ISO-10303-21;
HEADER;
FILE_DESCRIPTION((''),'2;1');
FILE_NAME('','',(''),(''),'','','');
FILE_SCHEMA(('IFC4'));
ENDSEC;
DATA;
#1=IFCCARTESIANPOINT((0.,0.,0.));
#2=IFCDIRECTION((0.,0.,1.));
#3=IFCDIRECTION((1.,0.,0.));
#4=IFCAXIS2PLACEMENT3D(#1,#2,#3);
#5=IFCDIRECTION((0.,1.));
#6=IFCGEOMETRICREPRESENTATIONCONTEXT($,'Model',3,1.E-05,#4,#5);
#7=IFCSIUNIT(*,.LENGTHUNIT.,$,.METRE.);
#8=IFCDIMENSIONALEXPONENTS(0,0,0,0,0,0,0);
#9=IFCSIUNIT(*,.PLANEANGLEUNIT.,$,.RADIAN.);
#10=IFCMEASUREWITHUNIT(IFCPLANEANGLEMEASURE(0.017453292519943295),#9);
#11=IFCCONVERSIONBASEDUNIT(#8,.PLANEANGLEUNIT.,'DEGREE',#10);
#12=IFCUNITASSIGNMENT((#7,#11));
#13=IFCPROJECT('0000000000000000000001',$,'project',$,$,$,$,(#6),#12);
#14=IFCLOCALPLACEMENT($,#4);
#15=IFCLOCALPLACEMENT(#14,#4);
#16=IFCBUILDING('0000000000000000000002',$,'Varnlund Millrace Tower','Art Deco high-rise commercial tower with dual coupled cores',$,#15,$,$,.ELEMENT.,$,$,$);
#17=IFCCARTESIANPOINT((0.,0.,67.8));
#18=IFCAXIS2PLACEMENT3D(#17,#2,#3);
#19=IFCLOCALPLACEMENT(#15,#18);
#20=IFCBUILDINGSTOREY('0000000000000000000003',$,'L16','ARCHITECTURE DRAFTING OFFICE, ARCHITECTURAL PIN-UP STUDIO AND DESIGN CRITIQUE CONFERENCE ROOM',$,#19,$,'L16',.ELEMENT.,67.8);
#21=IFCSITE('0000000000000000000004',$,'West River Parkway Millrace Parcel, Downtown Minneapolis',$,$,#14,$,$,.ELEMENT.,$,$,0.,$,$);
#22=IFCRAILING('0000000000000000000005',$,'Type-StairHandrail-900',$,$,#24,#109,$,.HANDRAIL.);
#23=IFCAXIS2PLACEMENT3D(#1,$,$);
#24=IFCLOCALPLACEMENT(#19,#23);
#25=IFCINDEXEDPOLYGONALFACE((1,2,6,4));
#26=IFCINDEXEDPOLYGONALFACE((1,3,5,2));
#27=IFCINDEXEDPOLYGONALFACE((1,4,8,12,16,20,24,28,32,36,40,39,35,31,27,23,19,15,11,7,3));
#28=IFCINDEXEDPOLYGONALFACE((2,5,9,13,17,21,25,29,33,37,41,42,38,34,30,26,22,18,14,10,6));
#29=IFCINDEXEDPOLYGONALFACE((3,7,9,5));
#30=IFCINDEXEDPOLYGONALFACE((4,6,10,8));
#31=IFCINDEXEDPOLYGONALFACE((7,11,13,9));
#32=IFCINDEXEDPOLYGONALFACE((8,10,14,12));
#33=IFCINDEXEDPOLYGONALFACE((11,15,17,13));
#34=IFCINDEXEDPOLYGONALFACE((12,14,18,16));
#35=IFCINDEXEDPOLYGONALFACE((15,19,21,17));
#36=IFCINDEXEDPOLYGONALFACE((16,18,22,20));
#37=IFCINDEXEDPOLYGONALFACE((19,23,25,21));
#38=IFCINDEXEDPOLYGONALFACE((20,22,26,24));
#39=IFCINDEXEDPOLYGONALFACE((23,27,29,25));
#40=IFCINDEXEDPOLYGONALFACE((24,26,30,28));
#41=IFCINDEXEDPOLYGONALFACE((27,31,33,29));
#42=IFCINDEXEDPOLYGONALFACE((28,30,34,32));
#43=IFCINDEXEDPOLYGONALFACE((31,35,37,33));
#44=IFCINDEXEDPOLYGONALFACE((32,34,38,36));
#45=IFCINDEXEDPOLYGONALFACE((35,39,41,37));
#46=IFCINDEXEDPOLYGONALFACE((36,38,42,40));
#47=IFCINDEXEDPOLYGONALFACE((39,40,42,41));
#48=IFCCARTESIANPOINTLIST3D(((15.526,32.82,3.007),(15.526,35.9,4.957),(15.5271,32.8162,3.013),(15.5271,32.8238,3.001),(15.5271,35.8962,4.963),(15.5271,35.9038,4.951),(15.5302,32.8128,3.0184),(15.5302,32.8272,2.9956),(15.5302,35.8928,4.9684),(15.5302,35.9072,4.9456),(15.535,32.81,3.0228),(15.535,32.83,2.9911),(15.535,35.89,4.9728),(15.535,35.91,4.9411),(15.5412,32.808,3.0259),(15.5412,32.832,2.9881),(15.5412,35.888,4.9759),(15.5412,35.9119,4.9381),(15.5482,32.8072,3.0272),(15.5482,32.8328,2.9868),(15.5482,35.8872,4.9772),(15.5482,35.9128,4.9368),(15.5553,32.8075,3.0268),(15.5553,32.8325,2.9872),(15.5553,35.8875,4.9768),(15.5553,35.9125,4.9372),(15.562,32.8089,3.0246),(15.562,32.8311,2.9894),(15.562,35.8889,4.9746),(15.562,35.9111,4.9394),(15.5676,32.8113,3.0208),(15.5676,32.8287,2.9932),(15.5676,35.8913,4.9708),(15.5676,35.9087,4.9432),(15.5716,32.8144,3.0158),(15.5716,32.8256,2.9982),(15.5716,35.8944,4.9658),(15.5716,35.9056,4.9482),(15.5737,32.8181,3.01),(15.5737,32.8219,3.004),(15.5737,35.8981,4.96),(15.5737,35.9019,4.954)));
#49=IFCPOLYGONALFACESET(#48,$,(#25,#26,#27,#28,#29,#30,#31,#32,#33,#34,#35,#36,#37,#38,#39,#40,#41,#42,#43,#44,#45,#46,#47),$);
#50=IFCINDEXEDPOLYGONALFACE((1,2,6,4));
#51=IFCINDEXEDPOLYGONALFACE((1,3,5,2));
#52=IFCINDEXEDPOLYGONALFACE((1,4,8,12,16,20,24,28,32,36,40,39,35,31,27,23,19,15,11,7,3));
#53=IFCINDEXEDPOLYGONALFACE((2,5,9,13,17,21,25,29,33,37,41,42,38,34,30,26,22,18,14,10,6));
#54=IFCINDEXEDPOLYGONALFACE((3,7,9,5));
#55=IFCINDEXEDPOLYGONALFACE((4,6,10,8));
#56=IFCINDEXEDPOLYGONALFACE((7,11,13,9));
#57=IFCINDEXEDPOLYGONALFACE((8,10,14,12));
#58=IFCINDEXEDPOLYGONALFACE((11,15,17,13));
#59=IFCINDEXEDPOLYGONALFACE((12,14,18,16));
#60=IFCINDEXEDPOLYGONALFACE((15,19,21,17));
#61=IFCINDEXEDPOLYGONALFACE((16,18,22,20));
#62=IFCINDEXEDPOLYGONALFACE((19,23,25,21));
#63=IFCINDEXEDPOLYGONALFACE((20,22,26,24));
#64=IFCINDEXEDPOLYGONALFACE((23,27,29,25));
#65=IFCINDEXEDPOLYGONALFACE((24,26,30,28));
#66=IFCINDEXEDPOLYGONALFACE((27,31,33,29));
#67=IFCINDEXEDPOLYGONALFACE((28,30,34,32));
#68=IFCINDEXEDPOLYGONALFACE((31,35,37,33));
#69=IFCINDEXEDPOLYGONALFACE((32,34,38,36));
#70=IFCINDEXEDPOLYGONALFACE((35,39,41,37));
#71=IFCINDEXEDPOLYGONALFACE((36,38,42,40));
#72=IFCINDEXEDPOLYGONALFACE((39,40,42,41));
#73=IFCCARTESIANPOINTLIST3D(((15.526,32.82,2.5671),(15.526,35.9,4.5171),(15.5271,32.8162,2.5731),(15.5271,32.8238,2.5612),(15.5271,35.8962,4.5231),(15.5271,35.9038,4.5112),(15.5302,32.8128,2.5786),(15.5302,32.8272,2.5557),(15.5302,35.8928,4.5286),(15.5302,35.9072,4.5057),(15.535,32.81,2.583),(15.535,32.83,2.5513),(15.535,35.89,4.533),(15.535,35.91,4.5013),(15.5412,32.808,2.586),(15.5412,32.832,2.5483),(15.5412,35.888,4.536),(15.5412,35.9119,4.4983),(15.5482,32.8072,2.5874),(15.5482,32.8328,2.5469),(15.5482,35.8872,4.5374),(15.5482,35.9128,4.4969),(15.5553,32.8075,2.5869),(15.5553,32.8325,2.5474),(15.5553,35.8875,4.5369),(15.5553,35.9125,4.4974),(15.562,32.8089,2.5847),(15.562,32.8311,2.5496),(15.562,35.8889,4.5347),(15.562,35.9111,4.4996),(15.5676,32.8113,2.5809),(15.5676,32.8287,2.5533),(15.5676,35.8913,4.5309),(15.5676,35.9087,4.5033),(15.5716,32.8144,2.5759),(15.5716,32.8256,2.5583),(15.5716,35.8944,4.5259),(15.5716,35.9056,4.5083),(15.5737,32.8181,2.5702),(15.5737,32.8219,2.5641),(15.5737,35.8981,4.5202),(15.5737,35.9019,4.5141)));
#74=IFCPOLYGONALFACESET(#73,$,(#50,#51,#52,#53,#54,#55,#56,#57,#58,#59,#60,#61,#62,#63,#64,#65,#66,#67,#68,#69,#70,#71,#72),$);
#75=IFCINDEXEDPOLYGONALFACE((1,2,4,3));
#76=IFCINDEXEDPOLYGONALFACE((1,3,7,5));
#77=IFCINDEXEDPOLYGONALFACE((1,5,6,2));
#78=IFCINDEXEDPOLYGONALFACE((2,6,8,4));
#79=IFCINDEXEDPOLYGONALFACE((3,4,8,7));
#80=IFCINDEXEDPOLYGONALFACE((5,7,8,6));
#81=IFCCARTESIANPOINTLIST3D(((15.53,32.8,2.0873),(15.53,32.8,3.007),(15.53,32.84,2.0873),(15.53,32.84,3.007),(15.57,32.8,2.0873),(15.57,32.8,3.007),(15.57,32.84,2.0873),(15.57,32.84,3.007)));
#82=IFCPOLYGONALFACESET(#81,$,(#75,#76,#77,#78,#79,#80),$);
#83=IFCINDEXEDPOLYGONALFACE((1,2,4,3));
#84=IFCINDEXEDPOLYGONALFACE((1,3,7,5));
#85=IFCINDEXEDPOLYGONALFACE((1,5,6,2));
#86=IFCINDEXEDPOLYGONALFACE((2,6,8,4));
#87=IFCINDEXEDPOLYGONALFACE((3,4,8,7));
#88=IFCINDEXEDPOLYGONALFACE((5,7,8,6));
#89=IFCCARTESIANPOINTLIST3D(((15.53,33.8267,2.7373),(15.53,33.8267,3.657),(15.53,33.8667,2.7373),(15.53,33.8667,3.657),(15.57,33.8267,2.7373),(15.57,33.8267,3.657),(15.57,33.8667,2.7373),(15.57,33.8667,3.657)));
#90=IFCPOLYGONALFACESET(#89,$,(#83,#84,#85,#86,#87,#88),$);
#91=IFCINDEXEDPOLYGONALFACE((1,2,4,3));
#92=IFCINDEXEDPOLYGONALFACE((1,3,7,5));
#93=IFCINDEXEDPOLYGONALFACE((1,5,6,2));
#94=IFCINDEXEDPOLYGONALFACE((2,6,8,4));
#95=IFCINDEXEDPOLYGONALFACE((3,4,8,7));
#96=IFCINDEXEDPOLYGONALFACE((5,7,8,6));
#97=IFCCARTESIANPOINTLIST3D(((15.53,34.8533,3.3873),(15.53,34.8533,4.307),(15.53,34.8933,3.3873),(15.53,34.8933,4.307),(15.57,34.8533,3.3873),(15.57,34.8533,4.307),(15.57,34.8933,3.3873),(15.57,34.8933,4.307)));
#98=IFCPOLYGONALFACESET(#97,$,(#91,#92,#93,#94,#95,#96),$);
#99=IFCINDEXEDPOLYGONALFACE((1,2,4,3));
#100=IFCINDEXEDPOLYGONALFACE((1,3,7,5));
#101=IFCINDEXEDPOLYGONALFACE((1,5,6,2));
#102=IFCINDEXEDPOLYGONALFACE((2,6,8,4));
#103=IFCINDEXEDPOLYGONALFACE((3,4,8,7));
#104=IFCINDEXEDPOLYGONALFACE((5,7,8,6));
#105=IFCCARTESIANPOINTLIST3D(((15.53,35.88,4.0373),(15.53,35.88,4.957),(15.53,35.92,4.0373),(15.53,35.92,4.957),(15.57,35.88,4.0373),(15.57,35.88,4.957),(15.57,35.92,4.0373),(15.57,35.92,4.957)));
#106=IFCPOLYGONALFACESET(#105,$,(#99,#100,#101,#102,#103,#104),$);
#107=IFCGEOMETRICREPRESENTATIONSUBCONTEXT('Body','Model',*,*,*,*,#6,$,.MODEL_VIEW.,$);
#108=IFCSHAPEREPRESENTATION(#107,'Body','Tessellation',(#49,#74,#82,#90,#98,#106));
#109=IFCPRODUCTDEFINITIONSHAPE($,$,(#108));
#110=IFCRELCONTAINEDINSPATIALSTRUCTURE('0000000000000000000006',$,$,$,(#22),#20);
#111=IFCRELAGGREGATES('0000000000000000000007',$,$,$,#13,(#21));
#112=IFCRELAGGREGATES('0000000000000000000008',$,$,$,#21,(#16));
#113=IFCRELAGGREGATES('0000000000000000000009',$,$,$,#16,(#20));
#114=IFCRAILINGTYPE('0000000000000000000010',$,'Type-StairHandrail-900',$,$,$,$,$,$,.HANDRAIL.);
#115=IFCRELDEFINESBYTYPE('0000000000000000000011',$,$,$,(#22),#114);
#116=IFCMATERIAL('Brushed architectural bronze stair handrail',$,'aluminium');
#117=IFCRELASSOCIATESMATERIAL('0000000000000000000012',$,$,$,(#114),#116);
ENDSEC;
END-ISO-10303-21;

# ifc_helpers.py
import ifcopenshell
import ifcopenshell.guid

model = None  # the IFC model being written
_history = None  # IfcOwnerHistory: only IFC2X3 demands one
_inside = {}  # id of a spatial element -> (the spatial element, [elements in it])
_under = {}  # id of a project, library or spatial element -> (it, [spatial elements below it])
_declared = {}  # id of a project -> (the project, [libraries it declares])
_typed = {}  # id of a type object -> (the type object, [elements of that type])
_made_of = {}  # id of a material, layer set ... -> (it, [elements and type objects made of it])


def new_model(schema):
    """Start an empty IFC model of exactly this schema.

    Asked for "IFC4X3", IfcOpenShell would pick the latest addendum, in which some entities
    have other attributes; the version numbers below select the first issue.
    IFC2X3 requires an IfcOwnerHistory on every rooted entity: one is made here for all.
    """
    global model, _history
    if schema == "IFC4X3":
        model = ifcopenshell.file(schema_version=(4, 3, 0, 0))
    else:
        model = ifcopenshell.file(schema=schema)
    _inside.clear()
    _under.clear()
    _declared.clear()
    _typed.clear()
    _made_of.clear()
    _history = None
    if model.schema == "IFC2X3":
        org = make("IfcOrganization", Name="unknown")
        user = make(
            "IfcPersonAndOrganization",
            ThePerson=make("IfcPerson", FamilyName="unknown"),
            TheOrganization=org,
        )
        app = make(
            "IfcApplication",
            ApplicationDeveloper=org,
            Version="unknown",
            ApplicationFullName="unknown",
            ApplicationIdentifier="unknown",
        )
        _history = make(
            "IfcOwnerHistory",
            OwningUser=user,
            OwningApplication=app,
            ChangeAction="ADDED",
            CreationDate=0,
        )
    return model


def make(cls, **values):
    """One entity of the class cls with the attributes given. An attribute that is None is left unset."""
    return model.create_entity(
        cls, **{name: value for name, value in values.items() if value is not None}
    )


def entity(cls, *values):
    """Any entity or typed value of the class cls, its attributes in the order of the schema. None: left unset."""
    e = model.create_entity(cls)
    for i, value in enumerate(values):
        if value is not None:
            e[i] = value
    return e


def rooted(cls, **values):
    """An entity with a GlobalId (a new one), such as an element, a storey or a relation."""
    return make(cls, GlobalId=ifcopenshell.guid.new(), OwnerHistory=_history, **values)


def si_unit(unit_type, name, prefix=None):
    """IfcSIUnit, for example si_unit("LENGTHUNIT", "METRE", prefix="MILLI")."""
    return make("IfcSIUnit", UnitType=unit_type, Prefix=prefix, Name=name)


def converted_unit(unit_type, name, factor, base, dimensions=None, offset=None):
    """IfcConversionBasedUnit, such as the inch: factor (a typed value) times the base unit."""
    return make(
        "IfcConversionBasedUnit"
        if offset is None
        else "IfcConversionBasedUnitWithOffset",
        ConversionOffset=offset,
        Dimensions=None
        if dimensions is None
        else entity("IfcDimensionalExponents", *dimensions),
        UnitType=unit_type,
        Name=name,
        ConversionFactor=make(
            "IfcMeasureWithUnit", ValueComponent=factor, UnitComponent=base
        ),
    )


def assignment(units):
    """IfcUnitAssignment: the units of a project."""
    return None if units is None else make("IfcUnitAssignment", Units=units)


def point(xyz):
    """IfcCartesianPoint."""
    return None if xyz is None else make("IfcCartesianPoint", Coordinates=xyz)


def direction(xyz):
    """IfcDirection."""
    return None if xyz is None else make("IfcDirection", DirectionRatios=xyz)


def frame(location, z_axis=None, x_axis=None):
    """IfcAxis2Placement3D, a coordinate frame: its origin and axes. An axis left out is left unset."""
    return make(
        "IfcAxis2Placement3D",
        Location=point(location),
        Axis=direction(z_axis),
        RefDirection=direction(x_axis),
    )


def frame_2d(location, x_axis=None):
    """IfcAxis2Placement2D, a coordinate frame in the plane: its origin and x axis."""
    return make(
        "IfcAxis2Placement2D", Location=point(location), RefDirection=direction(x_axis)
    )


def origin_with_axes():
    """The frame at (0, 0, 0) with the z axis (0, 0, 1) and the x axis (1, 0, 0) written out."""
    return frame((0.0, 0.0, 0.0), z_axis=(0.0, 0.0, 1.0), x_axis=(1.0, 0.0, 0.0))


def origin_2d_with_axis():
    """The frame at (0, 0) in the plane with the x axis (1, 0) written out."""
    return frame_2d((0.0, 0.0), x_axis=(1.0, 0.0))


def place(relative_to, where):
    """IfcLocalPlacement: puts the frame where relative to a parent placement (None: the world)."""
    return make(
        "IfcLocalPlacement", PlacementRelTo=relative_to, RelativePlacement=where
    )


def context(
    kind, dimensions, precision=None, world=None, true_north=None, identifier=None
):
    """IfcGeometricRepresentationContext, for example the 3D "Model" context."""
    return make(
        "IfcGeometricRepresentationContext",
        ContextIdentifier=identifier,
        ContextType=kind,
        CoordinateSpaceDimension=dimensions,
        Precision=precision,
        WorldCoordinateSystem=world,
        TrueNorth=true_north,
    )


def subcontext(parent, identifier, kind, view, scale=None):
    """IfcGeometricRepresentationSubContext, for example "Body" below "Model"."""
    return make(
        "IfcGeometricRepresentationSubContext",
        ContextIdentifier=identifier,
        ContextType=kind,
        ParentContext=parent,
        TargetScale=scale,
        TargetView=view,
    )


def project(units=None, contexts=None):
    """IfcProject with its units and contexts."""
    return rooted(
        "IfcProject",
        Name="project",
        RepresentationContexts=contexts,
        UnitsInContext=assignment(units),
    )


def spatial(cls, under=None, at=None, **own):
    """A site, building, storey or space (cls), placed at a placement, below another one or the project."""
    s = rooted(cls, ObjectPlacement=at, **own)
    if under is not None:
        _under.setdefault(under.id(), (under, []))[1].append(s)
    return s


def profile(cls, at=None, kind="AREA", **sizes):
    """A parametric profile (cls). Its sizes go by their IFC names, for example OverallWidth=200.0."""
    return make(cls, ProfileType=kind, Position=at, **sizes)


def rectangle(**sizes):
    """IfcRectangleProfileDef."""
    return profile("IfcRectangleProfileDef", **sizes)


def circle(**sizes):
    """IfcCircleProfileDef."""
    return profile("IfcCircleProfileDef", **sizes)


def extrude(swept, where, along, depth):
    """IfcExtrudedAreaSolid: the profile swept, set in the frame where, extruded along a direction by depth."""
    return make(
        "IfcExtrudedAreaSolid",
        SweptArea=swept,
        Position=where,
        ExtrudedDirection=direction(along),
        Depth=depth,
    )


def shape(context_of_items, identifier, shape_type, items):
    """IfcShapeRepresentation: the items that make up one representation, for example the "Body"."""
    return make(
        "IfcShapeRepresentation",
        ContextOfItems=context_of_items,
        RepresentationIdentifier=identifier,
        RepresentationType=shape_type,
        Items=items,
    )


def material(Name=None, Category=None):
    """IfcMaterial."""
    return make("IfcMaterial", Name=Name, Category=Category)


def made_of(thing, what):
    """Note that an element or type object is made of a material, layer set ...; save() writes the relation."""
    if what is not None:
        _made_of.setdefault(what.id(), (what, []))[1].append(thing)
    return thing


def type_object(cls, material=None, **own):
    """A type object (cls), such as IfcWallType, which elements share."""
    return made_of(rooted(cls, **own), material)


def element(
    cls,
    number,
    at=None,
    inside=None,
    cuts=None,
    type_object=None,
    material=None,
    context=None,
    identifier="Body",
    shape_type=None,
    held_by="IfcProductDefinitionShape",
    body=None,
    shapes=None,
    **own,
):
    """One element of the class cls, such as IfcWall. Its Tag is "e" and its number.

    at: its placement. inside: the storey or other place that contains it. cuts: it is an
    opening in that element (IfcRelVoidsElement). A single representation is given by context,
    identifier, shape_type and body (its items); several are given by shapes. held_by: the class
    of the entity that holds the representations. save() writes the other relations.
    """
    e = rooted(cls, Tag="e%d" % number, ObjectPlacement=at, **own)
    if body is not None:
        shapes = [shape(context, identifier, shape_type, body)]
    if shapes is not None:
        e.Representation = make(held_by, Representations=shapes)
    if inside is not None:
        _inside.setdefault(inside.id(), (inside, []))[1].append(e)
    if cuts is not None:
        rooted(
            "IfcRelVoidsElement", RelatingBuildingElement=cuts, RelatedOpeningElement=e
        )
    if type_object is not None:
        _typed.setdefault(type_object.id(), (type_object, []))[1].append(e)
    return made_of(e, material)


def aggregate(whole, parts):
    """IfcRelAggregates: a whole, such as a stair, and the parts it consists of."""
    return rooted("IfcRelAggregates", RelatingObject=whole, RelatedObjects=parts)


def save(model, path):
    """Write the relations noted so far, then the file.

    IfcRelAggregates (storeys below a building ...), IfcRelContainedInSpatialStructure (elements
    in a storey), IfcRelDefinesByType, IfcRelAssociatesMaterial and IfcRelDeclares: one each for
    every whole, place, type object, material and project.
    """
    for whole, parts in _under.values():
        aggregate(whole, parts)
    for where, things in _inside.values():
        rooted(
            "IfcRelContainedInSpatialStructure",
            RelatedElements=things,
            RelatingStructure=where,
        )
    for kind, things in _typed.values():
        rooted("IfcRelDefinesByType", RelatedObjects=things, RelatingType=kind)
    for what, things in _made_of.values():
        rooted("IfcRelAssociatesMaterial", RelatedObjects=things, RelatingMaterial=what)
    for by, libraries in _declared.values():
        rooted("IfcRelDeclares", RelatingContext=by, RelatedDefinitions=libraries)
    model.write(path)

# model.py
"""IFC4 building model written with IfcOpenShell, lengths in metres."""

from ifc_helpers import new_model, entity, si_unit, converted_unit, direction, frame, origin_with_axes, origin_2d_with_axis, place, context, subcontext, project, spatial, rectangle, circle, extrude, material, type_object, element, save


model = new_model("IFC4")

# Units and contexts
model_context = context("Model", 3, precision=1e-05, world=origin_with_axes(), true_north=direction((0.0, 1.0)))
body_context = subcontext(model_context, "Body", "Model", "MODEL_VIEW")
ifc_project = project(units=[si_unit("LENGTHUNIT", "METRE"), converted_unit("PLANEANGLEUNIT", "DEGREE", entity("IfcPlaneAngleMeasure", 0.017453292519943295), si_unit("PLANEANGLEUNIT", "RADIAN"), dimensions=[0, 0, 0, 0, 0, 0, 0])], contexts=[model_context])

# Site, building, storey
site_placement = place(None, origin_with_axes())
site = spatial("IfcSite", under=ifc_project, at=site_placement, Name="West River Parkway Millrace Parcel, Downtown Minneapolis", CompositionType="ELEMENT", RefElevation=0.0)
building_placement = place(site_placement, origin_with_axes())
building = spatial("IfcBuilding", under=site, at=building_placement, Name="Varnlund Millrace Tower", Description="Art Deco high-rise commercial tower with dual coupled cores", CompositionType="ELEMENT")
storey_placement = place(building_placement, frame((0.0, 0.0, 67.8), z_axis=(0.0, 0.0, 1.0), x_axis=(1.0, 0.0, 0.0)))
storey = spatial("IfcBuildingStorey", under=building, at=storey_placement, Name="L16", Description="ARCHITECTURE DRAFTING OFFICE, ARCHITECTURAL PIN-UP STUDIO AND DESIGN CRITIQUE CONFERENCE ROOM", LongName="L16", CompositionType="ELEMENT", Elevation=67.8)

# Railing
ifc_material_1 = material(Name="Brushed architectural bronze stair handrail", Category="aluminium")
railing_type_1 = type_object("IfcRailingType", Name="Type-StairHandrail-900", PredefinedType="HANDRAIL", material=ifc_material_1)
railing_1_placement = place(storey_placement, frame((0.0, 0.0, -67.8), z_axis=(0.0, 0.0, 1.0), x_axis=(1.0, 0.0, 0.0)))
element("IfcRailing", 1, at=railing_1_placement, inside=storey, type_object=railing_type_1, Name="Type-StairHandrail-900", PredefinedType="HANDRAIL", context=body_context, shape_type="SweptSolid", body=[
    extrude(circle(Radius=0.024, at=origin_2d_with_axis()), frame((15.55, 32.82, 70.807), z_axis=(0.0, 0.844902, 0.534922), x_axis=(-1.0, 0.0, 0.0)), (0.0, 0.0, 1.0), 3.6454),
    extrude(circle(Radius=0.024, at=origin_2d_with_axis()), frame((15.55, 32.82, 70.3671), z_axis=(0.0, 0.844902, 0.534922), x_axis=(-1.0, 0.0, 0.0)), (0.0, 0.0, 1.0), 3.6454),
    extrude(rectangle(XDim=0.04, YDim=0.04, at=origin_2d_with_axis()), frame((15.55, 32.82, 69.8873), z_axis=(0.0, 0.0, 1.0), x_axis=(1.0, 0.0, 0.0)), (0.0, 0.0, 1.0), 0.9197),
    extrude(rectangle(XDim=0.04, YDim=0.04, at=origin_2d_with_axis()), frame((15.55, 33.8467, 70.5373), z_axis=(0.0, 0.0, 1.0), x_axis=(1.0, 0.0, 0.0)), (0.0, 0.0, 1.0), 0.9197),
    extrude(rectangle(XDim=0.04, YDim=0.04, at=origin_2d_with_axis()), frame((15.55, 34.8733, 71.1873), z_axis=(0.0, 0.0, 1.0), x_axis=(1.0, 0.0, 0.0)), (0.0, 0.0, 1.0), 0.9197),
    extrude(rectangle(XDim=0.04, YDim=0.04, at=origin_2d_with_axis()), frame((15.55, 35.9, 71.8373), z_axis=(0.0, 0.0, 1.0), x_axis=(1.0, 0.0, 0.0)), (0.0, 0.0, 1.0), 0.9197),
])

save(model, "model.ifc")
